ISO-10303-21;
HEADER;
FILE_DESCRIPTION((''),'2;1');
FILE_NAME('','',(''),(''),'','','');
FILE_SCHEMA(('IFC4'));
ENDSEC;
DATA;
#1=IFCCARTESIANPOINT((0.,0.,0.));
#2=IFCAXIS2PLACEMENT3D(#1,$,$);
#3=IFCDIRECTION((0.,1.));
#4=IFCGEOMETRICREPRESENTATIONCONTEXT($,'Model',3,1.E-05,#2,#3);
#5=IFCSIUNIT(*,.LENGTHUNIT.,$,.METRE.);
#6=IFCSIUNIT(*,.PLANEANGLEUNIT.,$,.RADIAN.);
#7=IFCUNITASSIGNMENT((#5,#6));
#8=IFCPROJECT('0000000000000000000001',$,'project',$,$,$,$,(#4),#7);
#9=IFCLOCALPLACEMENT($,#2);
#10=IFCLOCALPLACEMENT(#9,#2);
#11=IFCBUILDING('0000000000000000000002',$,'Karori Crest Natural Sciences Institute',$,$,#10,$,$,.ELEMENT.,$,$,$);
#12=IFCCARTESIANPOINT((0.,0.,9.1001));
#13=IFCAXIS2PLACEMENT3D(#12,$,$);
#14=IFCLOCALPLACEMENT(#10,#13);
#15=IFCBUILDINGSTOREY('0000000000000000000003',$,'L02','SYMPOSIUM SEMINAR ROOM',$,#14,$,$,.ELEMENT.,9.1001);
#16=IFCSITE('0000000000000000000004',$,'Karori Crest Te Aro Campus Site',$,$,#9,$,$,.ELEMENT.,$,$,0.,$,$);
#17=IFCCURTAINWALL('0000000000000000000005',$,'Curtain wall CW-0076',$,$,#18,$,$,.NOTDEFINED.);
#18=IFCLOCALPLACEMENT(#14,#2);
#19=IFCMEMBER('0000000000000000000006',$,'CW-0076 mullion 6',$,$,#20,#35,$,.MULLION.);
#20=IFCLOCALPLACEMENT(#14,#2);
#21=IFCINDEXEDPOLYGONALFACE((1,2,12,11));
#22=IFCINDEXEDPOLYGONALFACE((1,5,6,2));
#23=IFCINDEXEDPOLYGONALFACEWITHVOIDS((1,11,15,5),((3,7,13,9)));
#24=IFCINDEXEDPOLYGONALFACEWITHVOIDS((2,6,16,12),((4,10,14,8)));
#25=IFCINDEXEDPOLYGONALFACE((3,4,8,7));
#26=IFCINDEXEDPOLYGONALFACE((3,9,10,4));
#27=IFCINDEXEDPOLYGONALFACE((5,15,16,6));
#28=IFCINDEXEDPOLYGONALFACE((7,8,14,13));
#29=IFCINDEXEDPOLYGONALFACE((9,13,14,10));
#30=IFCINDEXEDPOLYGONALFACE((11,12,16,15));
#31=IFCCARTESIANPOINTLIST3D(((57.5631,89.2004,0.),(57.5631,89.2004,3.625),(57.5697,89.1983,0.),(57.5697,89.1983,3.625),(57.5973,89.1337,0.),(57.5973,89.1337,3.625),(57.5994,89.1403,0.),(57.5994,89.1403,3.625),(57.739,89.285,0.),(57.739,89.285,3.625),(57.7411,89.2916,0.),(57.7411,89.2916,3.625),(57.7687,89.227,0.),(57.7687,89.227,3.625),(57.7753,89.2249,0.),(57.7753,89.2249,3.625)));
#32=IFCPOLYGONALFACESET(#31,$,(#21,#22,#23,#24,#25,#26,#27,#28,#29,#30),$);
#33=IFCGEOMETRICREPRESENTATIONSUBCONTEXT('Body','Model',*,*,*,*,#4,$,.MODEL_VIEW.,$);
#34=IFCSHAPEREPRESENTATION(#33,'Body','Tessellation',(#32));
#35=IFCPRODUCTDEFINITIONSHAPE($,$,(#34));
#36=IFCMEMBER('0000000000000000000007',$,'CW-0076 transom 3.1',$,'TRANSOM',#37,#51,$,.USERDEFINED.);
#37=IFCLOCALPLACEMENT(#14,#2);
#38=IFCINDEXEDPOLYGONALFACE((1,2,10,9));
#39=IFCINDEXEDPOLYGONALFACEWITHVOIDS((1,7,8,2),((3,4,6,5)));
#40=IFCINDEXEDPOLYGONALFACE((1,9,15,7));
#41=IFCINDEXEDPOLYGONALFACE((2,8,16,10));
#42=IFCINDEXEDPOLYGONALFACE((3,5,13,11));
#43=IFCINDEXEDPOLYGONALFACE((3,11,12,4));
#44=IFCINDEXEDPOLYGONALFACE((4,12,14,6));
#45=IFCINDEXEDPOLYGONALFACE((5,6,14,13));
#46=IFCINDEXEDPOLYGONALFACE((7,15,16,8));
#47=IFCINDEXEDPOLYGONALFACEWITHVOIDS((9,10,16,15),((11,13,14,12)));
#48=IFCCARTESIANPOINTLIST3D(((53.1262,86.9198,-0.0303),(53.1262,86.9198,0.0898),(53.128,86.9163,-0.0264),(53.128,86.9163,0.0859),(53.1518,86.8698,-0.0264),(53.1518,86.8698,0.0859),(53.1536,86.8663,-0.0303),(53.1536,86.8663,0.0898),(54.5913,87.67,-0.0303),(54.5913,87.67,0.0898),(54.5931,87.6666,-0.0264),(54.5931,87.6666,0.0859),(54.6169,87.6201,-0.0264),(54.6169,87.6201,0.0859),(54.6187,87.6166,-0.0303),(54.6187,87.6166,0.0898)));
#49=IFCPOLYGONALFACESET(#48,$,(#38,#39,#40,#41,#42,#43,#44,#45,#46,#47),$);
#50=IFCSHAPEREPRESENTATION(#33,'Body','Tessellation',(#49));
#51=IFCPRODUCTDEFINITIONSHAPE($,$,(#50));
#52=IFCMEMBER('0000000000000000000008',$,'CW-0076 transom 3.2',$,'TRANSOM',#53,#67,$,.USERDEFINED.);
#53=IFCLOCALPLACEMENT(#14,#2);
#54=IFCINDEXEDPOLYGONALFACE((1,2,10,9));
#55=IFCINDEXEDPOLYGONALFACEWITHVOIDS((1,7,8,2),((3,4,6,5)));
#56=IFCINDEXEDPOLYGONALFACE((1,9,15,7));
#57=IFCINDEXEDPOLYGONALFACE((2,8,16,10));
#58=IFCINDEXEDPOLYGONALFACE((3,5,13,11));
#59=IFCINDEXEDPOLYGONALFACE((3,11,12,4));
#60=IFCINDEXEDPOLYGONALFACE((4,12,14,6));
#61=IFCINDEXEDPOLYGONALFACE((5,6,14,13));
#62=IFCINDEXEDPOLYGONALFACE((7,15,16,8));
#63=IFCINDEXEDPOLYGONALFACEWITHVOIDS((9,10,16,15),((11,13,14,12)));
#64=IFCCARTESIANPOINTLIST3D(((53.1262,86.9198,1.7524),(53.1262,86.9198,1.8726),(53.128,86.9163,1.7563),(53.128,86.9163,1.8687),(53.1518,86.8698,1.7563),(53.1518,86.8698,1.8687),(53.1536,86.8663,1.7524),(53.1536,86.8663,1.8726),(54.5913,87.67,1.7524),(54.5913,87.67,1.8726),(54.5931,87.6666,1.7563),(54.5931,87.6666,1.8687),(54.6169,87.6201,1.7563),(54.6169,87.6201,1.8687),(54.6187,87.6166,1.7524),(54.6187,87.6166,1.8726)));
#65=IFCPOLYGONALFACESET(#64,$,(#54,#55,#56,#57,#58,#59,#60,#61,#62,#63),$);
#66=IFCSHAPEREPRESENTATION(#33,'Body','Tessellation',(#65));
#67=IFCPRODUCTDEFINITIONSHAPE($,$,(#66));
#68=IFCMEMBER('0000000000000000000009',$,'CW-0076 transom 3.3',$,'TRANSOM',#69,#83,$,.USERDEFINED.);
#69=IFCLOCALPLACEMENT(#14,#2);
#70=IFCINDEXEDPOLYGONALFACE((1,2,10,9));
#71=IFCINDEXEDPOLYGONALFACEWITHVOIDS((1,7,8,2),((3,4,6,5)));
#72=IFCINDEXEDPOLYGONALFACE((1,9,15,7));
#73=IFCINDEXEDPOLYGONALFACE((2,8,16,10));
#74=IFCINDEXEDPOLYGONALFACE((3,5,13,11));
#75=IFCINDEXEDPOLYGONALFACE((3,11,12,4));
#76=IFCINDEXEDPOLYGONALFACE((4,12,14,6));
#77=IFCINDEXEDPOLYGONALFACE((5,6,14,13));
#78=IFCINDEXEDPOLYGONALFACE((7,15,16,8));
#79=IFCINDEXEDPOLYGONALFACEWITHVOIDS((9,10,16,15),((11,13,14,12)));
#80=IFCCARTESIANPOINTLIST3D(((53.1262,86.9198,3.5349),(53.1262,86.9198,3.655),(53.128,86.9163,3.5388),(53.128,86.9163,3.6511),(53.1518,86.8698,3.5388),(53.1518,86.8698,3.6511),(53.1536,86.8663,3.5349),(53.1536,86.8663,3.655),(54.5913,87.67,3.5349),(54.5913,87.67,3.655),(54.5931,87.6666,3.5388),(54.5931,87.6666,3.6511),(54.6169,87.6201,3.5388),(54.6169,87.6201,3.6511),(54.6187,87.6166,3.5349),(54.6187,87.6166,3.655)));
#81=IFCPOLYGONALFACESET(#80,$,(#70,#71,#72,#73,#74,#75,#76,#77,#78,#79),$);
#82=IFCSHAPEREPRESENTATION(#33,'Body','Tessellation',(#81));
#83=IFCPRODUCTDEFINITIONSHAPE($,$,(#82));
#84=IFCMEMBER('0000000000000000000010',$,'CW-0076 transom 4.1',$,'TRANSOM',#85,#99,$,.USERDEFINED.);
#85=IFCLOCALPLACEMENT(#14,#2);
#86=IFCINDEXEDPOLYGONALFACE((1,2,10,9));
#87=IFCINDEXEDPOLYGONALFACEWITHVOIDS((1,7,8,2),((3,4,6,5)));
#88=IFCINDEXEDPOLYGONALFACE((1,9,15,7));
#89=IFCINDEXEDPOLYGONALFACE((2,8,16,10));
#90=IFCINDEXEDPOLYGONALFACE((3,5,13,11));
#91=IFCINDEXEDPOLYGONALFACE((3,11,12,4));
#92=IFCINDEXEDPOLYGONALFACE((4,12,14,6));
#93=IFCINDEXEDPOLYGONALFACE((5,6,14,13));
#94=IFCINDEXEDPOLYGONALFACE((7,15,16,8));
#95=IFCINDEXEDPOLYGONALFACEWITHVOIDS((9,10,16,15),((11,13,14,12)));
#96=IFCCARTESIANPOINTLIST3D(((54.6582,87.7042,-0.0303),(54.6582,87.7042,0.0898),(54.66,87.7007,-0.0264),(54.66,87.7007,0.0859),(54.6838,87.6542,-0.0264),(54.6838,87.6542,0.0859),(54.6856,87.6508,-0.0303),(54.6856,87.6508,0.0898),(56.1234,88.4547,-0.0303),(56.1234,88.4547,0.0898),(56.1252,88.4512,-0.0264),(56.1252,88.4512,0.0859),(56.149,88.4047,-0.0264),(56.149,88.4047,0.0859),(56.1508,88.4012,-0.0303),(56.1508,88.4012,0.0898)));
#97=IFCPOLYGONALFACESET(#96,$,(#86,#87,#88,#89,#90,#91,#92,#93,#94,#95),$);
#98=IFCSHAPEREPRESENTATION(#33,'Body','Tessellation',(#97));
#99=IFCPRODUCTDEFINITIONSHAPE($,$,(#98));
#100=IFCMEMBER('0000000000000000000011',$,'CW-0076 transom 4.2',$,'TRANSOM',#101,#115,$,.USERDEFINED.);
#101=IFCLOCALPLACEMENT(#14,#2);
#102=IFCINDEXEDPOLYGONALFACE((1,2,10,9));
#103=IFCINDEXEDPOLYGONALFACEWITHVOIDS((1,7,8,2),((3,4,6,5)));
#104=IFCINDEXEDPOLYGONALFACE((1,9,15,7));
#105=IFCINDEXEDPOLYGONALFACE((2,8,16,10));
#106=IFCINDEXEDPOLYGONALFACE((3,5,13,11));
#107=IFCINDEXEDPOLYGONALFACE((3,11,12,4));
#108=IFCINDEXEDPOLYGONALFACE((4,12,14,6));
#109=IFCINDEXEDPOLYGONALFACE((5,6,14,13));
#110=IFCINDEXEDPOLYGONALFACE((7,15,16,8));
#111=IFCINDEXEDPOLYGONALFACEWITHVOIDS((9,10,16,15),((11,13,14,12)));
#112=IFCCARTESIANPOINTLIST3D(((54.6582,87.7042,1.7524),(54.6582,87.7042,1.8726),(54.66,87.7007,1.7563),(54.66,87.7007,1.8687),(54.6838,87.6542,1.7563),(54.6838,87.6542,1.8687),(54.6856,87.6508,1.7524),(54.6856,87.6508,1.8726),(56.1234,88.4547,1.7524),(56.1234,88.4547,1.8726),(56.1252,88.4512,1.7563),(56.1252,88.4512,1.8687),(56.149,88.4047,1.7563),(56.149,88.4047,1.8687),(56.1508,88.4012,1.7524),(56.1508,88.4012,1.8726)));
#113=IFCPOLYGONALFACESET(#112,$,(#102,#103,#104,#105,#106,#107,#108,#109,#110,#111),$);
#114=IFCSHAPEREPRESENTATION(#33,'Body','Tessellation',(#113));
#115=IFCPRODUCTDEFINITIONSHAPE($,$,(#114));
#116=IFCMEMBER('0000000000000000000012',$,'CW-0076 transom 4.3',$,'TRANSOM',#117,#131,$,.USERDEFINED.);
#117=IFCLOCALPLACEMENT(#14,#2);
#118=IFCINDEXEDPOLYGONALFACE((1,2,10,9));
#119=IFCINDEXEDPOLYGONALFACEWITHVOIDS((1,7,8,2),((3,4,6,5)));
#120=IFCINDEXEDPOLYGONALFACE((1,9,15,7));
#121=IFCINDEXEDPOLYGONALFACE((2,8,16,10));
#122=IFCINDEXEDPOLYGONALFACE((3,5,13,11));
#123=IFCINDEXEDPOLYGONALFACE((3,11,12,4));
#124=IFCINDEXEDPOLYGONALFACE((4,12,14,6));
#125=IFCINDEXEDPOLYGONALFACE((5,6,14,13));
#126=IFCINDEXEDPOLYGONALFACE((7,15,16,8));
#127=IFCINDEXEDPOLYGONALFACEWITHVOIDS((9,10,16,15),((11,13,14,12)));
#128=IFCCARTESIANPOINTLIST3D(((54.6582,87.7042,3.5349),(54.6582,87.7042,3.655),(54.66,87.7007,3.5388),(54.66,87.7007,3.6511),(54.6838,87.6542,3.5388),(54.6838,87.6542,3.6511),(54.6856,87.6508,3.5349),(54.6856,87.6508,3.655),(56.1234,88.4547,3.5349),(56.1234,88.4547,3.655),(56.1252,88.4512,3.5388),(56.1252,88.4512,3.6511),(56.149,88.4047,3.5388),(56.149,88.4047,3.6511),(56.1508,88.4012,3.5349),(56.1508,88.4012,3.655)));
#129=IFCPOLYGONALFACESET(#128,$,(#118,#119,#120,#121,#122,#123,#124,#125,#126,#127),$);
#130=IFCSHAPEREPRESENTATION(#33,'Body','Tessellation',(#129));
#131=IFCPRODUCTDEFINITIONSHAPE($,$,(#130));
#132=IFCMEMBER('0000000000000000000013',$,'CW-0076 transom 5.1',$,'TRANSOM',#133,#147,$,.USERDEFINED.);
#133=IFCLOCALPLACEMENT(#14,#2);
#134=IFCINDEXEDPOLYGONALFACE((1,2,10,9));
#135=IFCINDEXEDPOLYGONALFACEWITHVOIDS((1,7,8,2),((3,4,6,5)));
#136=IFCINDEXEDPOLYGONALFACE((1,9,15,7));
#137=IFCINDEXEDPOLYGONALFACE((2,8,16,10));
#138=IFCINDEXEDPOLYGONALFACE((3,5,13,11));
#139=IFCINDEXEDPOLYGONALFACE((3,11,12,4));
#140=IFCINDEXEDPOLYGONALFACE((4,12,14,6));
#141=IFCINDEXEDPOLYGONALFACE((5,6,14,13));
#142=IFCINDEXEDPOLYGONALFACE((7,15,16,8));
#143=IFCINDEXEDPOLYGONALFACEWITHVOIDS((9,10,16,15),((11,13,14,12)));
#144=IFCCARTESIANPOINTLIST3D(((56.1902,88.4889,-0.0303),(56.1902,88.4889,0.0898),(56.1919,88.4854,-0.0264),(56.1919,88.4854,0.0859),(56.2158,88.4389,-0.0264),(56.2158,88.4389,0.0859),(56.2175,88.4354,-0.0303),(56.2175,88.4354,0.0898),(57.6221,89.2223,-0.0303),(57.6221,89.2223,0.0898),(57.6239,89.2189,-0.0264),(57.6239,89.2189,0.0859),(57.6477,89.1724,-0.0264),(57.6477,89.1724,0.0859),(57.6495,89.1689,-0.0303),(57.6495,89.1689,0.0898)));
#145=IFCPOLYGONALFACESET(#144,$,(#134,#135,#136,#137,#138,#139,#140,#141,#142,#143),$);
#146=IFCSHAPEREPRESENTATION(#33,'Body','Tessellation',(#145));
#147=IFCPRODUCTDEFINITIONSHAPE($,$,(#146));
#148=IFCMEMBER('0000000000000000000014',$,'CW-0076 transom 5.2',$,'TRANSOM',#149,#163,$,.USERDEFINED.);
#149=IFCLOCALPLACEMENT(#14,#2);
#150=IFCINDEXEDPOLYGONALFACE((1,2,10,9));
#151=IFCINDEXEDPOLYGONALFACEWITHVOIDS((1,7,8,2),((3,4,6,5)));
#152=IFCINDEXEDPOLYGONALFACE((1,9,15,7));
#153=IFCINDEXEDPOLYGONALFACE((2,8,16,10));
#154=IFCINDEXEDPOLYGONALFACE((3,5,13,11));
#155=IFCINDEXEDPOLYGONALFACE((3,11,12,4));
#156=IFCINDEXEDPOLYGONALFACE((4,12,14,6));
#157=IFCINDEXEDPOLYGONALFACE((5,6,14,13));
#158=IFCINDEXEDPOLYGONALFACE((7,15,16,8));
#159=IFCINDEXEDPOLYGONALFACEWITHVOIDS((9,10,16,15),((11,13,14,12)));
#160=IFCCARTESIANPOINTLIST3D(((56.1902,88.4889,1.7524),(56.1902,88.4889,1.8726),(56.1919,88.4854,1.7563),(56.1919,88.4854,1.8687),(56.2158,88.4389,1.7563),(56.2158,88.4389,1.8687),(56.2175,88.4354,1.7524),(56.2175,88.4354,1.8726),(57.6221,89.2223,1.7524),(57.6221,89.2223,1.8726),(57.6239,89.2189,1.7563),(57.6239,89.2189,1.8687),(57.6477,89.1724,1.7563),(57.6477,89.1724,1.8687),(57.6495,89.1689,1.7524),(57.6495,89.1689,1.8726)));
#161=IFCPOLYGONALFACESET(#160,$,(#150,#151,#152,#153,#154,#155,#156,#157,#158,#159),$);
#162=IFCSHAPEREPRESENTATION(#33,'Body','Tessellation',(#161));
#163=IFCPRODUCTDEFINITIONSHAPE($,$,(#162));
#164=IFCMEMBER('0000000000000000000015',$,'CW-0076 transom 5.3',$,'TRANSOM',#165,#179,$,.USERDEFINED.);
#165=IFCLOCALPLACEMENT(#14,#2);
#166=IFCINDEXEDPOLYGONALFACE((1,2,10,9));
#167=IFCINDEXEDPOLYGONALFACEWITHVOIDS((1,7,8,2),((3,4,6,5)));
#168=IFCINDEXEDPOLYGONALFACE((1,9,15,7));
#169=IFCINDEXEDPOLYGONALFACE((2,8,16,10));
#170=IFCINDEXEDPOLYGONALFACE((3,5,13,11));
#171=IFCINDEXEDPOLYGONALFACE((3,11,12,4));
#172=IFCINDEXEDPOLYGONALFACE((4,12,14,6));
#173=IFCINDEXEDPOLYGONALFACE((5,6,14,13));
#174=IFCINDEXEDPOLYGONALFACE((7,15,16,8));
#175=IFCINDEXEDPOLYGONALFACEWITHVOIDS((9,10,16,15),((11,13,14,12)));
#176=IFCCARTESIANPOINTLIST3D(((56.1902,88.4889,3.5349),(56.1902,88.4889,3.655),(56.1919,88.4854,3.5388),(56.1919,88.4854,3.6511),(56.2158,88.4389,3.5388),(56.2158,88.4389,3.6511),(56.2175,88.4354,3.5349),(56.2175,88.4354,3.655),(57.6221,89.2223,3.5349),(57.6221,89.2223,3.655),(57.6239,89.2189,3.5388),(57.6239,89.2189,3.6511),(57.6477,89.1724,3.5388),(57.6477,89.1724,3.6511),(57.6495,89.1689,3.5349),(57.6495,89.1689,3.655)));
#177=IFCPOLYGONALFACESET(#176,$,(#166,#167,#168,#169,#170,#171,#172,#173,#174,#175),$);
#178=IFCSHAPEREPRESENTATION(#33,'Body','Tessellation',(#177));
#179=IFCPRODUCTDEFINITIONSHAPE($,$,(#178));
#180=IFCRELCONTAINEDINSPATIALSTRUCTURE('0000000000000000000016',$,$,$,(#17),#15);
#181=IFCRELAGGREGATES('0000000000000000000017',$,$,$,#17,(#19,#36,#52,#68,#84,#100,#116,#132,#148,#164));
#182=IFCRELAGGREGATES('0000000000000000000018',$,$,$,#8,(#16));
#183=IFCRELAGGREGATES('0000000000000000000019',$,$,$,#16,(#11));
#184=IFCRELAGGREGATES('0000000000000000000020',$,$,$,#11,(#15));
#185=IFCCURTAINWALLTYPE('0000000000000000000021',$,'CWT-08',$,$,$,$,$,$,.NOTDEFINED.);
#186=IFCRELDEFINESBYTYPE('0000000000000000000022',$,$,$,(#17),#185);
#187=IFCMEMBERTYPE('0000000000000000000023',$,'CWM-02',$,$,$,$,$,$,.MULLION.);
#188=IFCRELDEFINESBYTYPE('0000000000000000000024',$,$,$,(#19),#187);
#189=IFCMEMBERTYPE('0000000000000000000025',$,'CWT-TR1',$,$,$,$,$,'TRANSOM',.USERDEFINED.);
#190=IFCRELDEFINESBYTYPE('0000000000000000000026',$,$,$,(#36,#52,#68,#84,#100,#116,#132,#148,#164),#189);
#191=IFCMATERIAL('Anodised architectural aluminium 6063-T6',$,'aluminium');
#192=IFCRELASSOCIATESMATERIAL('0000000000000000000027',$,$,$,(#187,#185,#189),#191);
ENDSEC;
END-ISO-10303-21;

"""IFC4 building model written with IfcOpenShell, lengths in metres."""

from ifc_helpers import new_model, si_unit, direction, frame, origin, origin_2d, place, context, subcontext, project, spatial, hollow_rectangle, extrude, material, material_profile, profile_set, type_object, element, aggregate, save


model = new_model("IFC4")

# Units and contexts
model_context = context("Model", 3, precision=1e-05, world=origin(), true_north=direction((0.0, 1.0)))
body_context = subcontext(model_context, "Body", "Model", "MODEL_VIEW")
ifc_project = project(units=[si_unit("LENGTHUNIT", "METRE"), si_unit("PLANEANGLEUNIT", "RADIAN")], contexts=[model_context])

# Site, building, storey
site_placement = place(None, origin())
site = spatial("IfcSite", under=ifc_project, at=site_placement, Name="Karori Crest Te Aro Campus Site", CompositionType="ELEMENT", RefElevation=0.0)
building_placement = place(site_placement, origin())
building = spatial("IfcBuilding", under=site, at=building_placement, Name="Karori Crest Natural Sciences Institute", CompositionType="ELEMENT")
storey_placement = place(building_placement, frame((0.0, 0.0, 9.1001)))
storey = spatial("IfcBuildingStorey", under=building, at=storey_placement, Name="L02", Description="SYMPOSIUM SEMINAR ROOM", CompositionType="ELEMENT", Elevation=9.1001)

# Curtain wall, members
ifc_material_1 = material(Name="Anodised architectural aluminium 6063-T6", Category="aluminium")
ifc_material_profile_1 = material_profile(ifc_material_1, hollow_rectangle(XDim=0.075, YDim=0.2, WallThickness=0.0049, at=origin_2d()), Name="CWM200x75x5")
ifc_profile_set_1 = profile_set([ifc_material_profile_1], Name="Anodised architectural aluminium 6063-T6")
member_type_1 = type_object("IfcMemberType", Name="CWM-02", PredefinedType="MULLION", material=ifc_profile_set_1)
curtain_wall_type_1 = type_object("IfcCurtainWallType", Name="CWT-08", PredefinedType="NOTDEFINED", material=ifc_material_1)
curtain_wall_1_placement = place(storey_placement, origin())
curtain_wall_1 = element("IfcCurtainWall", 1, at=curtain_wall_1_placement, inside=storey, type_object=curtain_wall_type_1, Name="Curtain wall CW-0076", PredefinedType="NOTDEFINED")
member_1_placement = place(storey_placement, frame((57.6692, 89.2126, 0.0), z_axis=(0.0, 0.0, 1.0), x_axis=(-0.455833, 0.890065, 0.0)))
member_1 = element("IfcMember", 2, at=member_1_placement, type_object=member_type_1, Name="CW-0076 mullion 6", PredefinedType="MULLION", context=body_context, shape_type="SweptSolid", body=[
    extrude(hollow_rectangle(XDim=0.075, YDim=0.2, WallThickness=0.0049, at=origin_2d()), origin(), (0.0, 0.0, 1.0), 3.625),
])
ifc_material_profile_2 = material_profile(ifc_material_1, hollow_rectangle(XDim=0.0601, YDim=0.1201, WallThickness=0.0039, at=origin_2d()), Name="CWT120x60x4")
ifc_profile_set_2 = profile_set([ifc_material_profile_2], Name="Anodised architectural aluminium 6063-T6")
member_type_2 = type_object("IfcMemberType", Name="CWT-TR1", ElementType="TRANSOM", PredefinedType="USERDEFINED", material=ifc_profile_set_2)
member_2_placement = place(storey_placement, frame((53.1399, 86.8931, 0.0298), z_axis=(0.890084, 0.455796, 0.0), x_axis=(-0.455796, 0.890084, 0.0)))
member_2 = element("IfcMember", 3, at=member_2_placement, type_object=member_type_2, Name="CW-0076 transom 3.1", ObjectType="TRANSOM", PredefinedType="USERDEFINED", context=body_context, shape_type="SweptSolid", body=[
    extrude(hollow_rectangle(XDim=0.0601, YDim=0.1201, WallThickness=0.0039, at=origin_2d()), origin(), (0.0, 0.0, 1.0), 1.646),
])
member_3_placement = place(storey_placement, frame((53.1399, 86.8931, 1.8125), z_axis=(0.890084, 0.455796, 0.0), x_axis=(-0.455796, 0.890084, 0.0)))
member_3 = element("IfcMember", 4, at=member_3_placement, type_object=member_type_2, Name="CW-0076 transom 3.2", ObjectType="TRANSOM", PredefinedType="USERDEFINED", context=body_context, shape_type="SweptSolid", body=[
    extrude(hollow_rectangle(XDim=0.0601, YDim=0.1201, WallThickness=0.0039, at=origin_2d()), origin(), (0.0, 0.0, 1.0), 1.646),
])
member_4_placement = place(storey_placement, frame((53.1399, 86.8931, 3.595), z_axis=(0.890084, 0.455796, 0.0), x_axis=(-0.455796, 0.890084, 0.0)))
member_4 = element("IfcMember", 5, at=member_4_placement, type_object=member_type_2, Name="CW-0076 transom 3.3", ObjectType="TRANSOM", PredefinedType="USERDEFINED", context=body_context, shape_type="SweptSolid", body=[
    extrude(hollow_rectangle(XDim=0.0601, YDim=0.1201, WallThickness=0.0039, at=origin_2d()), origin(), (0.0, 0.0, 1.0), 1.646),
])
member_5_placement = place(storey_placement, frame((54.6719, 87.6775, 0.0298), z_axis=(0.890055, 0.455853, 0.0), x_axis=(-0.455853, 0.890055, 0.0)))
member_5 = element("IfcMember", 6, at=member_5_placement, type_object=member_type_2, Name="CW-0076 transom 4.1", ObjectType="TRANSOM", PredefinedType="USERDEFINED", context=body_context, shape_type="SweptSolid", body=[
    extrude(hollow_rectangle(XDim=0.0601, YDim=0.1201, WallThickness=0.0039, at=origin_2d()), origin(), (0.0, 0.0, 1.0), 1.6462),
])
member_6_placement = place(storey_placement, frame((54.6719, 87.6775, 1.8125), z_axis=(0.890055, 0.455853, 0.0), x_axis=(-0.455853, 0.890055, 0.0)))
member_6 = element("IfcMember", 7, at=member_6_placement, type_object=member_type_2, Name="CW-0076 transom 4.2", ObjectType="TRANSOM", PredefinedType="USERDEFINED", context=body_context, shape_type="SweptSolid", body=[
    extrude(hollow_rectangle(XDim=0.0601, YDim=0.1201, WallThickness=0.0039, at=origin_2d()), origin(), (0.0, 0.0, 1.0), 1.6462),
])
member_7_placement = place(storey_placement, frame((54.6719, 87.6775, 3.595), z_axis=(0.890055, 0.455853, 0.0), x_axis=(-0.455853, 0.890055, 0.0)))
member_7 = element("IfcMember", 8, at=member_7_placement, type_object=member_type_2, Name="CW-0076 transom 4.3", ObjectType="TRANSOM", PredefinedType="USERDEFINED", context=body_context, shape_type="SweptSolid", body=[
    extrude(hollow_rectangle(XDim=0.0601, YDim=0.1201, WallThickness=0.0039, at=origin_2d()), origin(), (0.0, 0.0, 1.0), 1.6462),
])
member_8_placement = place(storey_placement, frame((56.2039, 88.4622, 0.0298), z_axis=(0.890045, 0.455873, 0.0), x_axis=(-0.455873, 0.890045, 0.0)))
member_8 = element("IfcMember", 9, at=member_8_placement, type_object=member_type_2, Name="CW-0076 transom 5.1", ObjectType="TRANSOM", PredefinedType="USERDEFINED", context=body_context, shape_type="SweptSolid", body=[
    extrude(hollow_rectangle(XDim=0.0601, YDim=0.1201, WallThickness=0.0039, at=origin_2d()), origin(), (0.0, 0.0, 1.0), 1.6089),
])
member_9_placement = place(storey_placement, frame((56.2039, 88.4622, 1.8125), z_axis=(0.890045, 0.455873, 0.0), x_axis=(-0.455873, 0.890045, 0.0)))
member_9 = element("IfcMember", 10, at=member_9_placement, type_object=member_type_2, Name="CW-0076 transom 5.2", ObjectType="TRANSOM", PredefinedType="USERDEFINED", context=body_context, shape_type="SweptSolid", body=[
    extrude(hollow_rectangle(XDim=0.0601, YDim=0.1201, WallThickness=0.0039, at=origin_2d()), origin(), (0.0, 0.0, 1.0), 1.6089),
])
member_10_placement = place(storey_placement, frame((56.2039, 88.4622, 3.595), z_axis=(0.890045, 0.455873, 0.0), x_axis=(-0.455873, 0.890045, 0.0)))
member_10 = element("IfcMember", 11, at=member_10_placement, type_object=member_type_2, Name="CW-0076 transom 5.3", ObjectType="TRANSOM", PredefinedType="USERDEFINED", context=body_context, shape_type="SweptSolid", body=[
    extrude(hollow_rectangle(XDim=0.0601, YDim=0.1201, WallThickness=0.0039, at=origin_2d()), origin(), (0.0, 0.0, 1.0), 1.6089),
])

aggregate(curtain_wall_1, [member_1, member_2, member_3, member_4, member_5, member_6, member_7, member_8, member_9, member_10])

save(model, "model.ifc")
